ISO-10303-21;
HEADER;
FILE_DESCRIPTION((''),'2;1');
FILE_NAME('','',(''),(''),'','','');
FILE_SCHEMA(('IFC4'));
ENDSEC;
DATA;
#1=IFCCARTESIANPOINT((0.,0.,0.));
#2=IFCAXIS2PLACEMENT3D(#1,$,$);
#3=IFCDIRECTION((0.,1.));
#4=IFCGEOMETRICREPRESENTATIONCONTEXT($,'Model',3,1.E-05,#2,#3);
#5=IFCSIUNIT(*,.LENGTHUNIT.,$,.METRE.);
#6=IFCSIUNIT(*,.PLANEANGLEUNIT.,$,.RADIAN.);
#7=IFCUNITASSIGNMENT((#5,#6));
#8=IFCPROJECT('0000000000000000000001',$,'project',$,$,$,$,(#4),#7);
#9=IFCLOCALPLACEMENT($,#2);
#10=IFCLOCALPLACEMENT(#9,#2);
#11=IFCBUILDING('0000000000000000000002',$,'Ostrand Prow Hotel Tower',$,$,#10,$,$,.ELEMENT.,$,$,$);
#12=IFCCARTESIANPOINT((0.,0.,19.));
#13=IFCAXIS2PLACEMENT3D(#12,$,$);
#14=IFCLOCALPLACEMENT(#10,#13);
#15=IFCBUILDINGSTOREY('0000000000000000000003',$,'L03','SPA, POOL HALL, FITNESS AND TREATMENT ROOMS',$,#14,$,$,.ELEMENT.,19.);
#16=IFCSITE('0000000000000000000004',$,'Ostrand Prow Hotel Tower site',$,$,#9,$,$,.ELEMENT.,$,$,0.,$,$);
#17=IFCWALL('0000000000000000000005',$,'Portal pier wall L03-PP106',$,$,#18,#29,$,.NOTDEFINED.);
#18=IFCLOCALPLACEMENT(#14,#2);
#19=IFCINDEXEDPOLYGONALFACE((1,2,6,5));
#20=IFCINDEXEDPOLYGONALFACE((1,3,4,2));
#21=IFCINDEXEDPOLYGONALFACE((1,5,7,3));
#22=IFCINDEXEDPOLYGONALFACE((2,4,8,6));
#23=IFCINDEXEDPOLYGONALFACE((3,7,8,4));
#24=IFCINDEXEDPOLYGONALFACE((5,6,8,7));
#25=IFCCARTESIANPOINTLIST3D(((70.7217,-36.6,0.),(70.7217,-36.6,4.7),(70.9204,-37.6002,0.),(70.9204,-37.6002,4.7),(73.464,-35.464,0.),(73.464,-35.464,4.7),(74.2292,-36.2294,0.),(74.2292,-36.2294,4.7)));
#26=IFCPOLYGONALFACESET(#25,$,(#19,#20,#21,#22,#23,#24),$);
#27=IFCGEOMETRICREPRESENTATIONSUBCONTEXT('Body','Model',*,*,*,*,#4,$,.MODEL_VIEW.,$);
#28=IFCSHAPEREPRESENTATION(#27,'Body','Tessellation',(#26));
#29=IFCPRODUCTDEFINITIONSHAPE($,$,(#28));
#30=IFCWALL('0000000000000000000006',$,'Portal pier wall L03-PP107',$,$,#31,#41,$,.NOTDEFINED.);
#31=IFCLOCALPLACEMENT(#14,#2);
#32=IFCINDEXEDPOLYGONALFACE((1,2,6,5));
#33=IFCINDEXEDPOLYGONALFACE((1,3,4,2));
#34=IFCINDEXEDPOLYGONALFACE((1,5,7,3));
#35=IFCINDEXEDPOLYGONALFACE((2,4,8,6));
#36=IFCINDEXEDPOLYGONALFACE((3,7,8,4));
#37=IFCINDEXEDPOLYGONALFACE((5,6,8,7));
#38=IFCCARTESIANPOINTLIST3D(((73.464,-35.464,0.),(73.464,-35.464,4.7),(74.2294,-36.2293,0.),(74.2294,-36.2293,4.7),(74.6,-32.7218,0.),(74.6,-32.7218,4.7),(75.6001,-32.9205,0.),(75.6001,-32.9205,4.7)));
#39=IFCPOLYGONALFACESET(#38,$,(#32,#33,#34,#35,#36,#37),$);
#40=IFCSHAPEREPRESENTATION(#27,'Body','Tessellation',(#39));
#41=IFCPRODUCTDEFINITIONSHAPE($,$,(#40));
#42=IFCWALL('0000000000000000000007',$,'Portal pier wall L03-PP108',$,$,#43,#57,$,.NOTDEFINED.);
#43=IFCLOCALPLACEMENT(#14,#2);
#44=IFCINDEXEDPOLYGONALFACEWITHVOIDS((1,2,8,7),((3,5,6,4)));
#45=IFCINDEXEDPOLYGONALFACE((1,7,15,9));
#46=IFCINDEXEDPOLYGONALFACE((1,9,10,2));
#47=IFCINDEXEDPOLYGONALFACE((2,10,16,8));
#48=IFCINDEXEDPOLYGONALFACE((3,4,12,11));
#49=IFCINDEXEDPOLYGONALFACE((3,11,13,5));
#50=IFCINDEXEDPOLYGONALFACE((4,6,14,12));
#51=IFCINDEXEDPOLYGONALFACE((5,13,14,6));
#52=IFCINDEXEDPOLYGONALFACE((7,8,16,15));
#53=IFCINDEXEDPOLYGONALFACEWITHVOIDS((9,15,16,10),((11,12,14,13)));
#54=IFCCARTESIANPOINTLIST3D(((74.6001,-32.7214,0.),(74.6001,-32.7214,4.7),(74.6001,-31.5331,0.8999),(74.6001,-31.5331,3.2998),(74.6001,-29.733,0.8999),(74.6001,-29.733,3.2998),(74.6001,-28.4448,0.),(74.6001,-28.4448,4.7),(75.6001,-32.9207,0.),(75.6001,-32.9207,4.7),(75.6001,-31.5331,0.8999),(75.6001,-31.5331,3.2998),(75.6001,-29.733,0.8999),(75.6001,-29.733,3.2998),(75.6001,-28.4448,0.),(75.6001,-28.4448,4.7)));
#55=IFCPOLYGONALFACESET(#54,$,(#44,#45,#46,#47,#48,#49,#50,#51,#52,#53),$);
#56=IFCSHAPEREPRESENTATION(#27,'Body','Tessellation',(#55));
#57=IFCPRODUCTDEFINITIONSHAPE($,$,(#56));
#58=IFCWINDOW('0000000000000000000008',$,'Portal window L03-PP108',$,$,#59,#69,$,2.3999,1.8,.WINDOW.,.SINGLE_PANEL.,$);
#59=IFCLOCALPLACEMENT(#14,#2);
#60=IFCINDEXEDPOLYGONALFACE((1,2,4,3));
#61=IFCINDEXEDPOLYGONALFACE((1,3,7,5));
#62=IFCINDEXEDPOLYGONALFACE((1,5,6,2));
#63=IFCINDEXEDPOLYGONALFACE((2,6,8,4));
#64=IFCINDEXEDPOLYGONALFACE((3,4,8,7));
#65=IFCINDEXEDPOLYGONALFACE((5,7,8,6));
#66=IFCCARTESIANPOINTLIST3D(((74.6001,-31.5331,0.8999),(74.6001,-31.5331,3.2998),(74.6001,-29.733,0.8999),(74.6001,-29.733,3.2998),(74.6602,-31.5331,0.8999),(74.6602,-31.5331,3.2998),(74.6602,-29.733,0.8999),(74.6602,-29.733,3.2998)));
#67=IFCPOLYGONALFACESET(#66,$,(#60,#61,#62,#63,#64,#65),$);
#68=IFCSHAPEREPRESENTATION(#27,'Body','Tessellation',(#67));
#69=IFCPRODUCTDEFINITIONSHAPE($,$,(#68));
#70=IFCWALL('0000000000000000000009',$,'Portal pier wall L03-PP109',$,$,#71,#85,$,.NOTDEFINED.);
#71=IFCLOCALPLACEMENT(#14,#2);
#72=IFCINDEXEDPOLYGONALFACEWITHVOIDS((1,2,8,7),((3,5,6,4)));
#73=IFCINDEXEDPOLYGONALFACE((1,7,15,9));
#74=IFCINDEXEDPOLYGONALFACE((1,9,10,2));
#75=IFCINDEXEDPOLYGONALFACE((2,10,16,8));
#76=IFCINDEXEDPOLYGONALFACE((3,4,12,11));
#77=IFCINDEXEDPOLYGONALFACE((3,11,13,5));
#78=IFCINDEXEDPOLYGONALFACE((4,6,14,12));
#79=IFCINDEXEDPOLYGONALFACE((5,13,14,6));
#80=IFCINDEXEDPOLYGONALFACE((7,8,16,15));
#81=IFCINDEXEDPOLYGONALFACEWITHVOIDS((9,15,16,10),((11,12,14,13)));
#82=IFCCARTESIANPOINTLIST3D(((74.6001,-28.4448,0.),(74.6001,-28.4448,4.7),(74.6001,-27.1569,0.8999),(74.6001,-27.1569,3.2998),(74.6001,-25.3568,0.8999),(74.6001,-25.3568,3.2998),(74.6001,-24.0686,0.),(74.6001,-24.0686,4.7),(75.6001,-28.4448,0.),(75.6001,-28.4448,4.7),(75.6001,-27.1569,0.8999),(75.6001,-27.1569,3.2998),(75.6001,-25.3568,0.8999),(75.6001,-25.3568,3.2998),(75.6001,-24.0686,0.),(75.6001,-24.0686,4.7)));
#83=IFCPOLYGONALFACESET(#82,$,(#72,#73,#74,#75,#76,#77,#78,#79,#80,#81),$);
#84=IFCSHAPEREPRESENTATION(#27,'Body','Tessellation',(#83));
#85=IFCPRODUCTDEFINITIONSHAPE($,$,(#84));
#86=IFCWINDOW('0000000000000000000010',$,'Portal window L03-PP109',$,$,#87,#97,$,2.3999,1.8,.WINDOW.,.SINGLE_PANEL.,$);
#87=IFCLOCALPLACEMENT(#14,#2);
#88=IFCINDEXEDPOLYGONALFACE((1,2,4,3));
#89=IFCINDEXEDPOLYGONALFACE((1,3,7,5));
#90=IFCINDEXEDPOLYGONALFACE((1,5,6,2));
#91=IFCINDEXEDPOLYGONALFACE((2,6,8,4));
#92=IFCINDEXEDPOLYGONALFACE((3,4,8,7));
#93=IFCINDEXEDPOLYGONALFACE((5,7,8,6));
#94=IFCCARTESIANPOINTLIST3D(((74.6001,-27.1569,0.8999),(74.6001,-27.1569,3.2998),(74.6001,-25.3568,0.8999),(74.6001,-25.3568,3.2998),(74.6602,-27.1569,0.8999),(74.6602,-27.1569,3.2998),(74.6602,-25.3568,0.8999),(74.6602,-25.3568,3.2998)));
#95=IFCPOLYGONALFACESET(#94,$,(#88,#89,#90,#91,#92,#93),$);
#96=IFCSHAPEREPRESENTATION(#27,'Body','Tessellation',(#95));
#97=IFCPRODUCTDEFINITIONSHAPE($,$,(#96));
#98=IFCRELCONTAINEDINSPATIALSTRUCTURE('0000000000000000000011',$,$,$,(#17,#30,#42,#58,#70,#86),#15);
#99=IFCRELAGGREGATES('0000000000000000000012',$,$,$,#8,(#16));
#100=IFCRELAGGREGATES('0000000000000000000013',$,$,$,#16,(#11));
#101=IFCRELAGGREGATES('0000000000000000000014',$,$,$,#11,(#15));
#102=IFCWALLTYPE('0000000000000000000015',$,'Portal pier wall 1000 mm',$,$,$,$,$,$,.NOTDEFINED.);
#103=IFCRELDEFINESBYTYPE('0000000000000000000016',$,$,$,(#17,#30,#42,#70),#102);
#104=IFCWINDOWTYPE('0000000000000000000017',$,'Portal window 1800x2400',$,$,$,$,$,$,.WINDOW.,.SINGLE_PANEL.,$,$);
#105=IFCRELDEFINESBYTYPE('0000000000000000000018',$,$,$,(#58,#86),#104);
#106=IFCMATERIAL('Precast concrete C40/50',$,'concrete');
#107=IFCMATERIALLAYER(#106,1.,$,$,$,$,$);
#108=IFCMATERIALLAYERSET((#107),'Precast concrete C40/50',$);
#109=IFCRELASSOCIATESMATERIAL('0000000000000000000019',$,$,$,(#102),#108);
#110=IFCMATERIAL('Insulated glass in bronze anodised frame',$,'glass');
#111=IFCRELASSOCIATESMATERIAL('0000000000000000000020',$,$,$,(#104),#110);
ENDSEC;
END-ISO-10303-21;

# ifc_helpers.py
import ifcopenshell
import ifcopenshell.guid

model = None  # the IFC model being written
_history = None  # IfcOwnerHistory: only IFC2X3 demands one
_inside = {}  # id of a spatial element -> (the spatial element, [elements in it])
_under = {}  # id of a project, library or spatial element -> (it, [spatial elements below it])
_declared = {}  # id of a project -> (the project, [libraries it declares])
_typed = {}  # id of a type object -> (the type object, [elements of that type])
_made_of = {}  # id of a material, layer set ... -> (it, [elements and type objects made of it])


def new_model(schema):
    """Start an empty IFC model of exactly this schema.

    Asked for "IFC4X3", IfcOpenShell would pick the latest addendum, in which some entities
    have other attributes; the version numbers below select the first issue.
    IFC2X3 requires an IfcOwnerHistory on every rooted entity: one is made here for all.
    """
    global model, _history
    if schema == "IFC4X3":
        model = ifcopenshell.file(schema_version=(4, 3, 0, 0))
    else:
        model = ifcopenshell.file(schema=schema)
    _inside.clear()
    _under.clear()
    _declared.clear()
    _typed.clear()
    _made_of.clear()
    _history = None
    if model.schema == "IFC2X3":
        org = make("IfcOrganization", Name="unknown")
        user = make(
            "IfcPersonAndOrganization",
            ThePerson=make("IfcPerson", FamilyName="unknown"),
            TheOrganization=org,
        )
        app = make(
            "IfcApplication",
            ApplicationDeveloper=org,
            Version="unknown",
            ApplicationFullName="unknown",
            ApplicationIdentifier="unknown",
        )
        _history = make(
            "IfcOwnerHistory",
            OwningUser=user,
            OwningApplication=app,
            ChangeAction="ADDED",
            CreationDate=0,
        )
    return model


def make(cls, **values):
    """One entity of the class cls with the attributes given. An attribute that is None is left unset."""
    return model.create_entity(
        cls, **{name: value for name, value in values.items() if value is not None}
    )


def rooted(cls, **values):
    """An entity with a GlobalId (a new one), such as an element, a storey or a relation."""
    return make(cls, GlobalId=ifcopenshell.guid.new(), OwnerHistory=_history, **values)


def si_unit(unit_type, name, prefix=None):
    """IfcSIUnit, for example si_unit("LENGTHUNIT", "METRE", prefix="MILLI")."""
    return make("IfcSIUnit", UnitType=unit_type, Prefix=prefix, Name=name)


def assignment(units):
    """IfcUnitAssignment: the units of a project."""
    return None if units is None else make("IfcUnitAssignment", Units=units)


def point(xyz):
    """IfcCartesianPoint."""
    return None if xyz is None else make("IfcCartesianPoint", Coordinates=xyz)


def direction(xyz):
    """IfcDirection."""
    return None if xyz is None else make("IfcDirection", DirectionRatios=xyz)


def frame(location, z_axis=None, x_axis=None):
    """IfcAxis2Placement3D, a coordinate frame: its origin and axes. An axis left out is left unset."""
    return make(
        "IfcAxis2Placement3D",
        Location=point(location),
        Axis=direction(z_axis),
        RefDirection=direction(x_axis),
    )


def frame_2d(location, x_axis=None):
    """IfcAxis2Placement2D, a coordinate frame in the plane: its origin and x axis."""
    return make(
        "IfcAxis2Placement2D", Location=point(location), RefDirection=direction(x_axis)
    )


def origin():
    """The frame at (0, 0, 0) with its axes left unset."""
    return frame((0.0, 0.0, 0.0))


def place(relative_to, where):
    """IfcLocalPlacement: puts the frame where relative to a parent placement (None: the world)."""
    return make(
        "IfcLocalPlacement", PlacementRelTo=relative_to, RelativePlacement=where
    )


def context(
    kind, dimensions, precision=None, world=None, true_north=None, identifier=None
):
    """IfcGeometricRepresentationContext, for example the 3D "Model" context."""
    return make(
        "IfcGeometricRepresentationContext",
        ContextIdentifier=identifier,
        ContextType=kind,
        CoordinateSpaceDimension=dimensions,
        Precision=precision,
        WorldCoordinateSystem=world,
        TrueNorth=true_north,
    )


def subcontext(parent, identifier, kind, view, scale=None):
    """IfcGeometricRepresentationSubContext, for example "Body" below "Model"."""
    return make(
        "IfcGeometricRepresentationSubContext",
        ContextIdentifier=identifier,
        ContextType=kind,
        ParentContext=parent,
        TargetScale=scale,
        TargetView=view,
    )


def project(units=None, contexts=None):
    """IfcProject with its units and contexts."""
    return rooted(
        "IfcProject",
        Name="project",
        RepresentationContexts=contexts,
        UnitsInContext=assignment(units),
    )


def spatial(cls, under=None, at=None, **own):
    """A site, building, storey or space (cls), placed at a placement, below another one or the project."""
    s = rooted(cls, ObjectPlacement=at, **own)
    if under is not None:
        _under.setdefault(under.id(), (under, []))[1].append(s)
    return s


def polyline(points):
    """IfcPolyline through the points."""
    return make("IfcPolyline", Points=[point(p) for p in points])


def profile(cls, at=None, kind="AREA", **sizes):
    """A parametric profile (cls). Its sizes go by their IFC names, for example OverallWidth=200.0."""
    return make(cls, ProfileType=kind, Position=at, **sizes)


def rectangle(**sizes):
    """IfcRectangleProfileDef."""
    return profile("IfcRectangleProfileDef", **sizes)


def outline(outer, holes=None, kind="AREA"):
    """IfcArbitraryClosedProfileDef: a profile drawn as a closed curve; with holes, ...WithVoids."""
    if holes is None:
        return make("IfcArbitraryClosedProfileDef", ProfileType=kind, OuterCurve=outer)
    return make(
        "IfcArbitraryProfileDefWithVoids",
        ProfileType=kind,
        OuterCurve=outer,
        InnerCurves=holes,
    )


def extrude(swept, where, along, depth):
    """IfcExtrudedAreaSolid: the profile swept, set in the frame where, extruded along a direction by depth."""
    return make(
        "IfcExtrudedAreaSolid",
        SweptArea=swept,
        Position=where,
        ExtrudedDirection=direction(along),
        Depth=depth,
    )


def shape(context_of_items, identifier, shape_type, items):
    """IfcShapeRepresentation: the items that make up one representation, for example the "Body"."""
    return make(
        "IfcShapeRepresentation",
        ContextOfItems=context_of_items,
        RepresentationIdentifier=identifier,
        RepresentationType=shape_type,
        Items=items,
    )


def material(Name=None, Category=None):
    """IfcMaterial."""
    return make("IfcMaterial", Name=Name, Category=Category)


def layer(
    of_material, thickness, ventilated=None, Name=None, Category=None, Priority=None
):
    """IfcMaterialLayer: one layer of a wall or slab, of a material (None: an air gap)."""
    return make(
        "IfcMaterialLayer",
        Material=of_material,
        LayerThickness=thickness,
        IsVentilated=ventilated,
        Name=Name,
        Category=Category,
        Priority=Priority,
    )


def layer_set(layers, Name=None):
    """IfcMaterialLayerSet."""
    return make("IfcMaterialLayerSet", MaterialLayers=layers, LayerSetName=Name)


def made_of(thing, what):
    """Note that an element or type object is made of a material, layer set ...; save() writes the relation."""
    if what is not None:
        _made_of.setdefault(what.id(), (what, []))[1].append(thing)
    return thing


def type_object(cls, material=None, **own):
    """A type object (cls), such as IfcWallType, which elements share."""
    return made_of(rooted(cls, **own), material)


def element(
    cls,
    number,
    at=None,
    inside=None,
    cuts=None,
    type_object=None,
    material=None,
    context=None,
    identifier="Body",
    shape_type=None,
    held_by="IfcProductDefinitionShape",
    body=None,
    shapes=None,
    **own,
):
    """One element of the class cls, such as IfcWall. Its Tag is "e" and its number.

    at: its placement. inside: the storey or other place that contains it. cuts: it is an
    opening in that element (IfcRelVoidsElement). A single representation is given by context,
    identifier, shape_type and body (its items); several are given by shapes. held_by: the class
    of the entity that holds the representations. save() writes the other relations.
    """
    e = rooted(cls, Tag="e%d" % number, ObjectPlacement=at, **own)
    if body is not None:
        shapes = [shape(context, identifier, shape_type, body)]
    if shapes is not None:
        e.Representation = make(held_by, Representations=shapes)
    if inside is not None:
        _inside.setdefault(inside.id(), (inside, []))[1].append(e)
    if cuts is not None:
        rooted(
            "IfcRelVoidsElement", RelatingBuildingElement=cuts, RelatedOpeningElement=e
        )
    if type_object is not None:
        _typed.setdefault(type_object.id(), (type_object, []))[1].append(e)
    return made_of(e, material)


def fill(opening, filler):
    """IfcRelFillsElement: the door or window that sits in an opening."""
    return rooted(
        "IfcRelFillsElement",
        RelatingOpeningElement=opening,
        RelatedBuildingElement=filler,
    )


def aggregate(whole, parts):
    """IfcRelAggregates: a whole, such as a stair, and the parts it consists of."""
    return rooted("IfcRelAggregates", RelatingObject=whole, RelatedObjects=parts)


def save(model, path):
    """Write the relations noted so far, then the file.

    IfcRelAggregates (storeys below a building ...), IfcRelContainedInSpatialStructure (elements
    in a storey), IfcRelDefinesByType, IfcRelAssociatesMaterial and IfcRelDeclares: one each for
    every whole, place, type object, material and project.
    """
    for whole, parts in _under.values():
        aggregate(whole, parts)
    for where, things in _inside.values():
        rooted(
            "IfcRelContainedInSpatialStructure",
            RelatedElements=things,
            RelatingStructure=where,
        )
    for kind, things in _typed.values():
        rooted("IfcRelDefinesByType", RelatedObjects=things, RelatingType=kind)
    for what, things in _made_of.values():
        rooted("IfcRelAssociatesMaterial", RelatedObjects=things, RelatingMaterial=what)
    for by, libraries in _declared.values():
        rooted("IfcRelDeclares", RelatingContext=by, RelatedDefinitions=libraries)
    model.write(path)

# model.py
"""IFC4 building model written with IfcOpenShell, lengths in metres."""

from ifc_helpers import new_model, si_unit, direction, frame, frame_2d, origin, place, context, subcontext, project, spatial, polyline, rectangle, outline, extrude, material, layer, layer_set, type_object, element, fill, save


model = new_model("IFC4")

# Units and contexts
model_context = context("Model", 3, precision=1e-05, world=origin(), true_north=direction((0.0, 1.0)))
body_context = subcontext(model_context, "Body", "Model", "MODEL_VIEW")
ifc_project = project(units=[si_unit("LENGTHUNIT", "METRE"), si_unit("PLANEANGLEUNIT", "RADIAN")], contexts=[model_context])

# Site, building, storey
site_placement = place(None, origin())
site = spatial("IfcSite", under=ifc_project, at=site_placement, Name="Ostrand Prow Hotel Tower site", CompositionType="ELEMENT", RefElevation=0.0)
building_placement = place(site_placement, origin())
building = spatial("IfcBuilding", under=site, at=building_placement, Name="Ostrand Prow Hotel Tower", CompositionType="ELEMENT")
storey_placement = place(building_placement, frame((0.0, 0.0, 19.0)))
storey = spatial("IfcBuildingStorey", under=building, at=storey_placement, Name="L03", Description="SPA, POOL HALL, FITNESS AND TREATMENT ROOMS", CompositionType="ELEMENT", Elevation=19.0)

# Shared definitions
ifc_material_1 = material(Name="Precast concrete C40/50", Category="concrete")
ifc_layer_1 = layer(ifc_material_1, 1.0)
ifc_layer_set_1 = layer_set([ifc_layer_1], Name="Precast concrete C40/50")
wall_type_1 = type_object("IfcWallType", Name="Portal pier wall 1000 mm", PredefinedType="NOTDEFINED", material=ifc_layer_set_1)

# Shared definitions
ifc_material_2 = material(Name="Insulated glass in bronze anodised frame", Category="glass")
window_type = type_object("IfcWindowType", Name="Portal window 1800x2400", PartitioningType="SINGLE_PANEL", PredefinedType="WINDOW", material=ifc_material_2)

# Walls
wall_1_placement = place(storey_placement, frame((70.821, -37.1001, 0.0), z_axis=(0.0, 0.0, 1.0), x_axis=(0.923862, 0.382725, 0.0)))
element("IfcWall", 1, at=wall_1_placement, inside=storey, type_object=wall_type_1, Name="Portal pier wall L03-PP106", PredefinedType="NOTDEFINED", context=body_context, shape_type="SweptSolid", body=[
    extrude(outline(polyline([(-0.0996, -0.5), (3.4819, -0.5), (3.0679, 0.5), (0.0996, 0.5), (-0.0996, -0.5)])), origin(), (0.0, 0.0, 1.0), 4.7),
])
wall_2_placement = place(storey_placement, frame((73.8467, -35.8467, 0.0), z_axis=(0.0, 0.0, 1.0), x_axis=(0.382725, 0.923862, 0.0)))
element("IfcWall", 2, at=wall_2_placement, inside=storey, type_object=wall_type_1, Name="Portal pier wall L03-PP107", PredefinedType="NOTDEFINED", context=body_context, shape_type="SweptSolid", body=[
    extrude(outline(polyline([(-0.207, -0.5), (3.3745, -0.5), (3.1753, 0.5), (0.207, 0.5), (-0.207, -0.5)])), origin(), (0.0, 0.0, 1.0), 4.7),
])

# Walls, openings, windows
wall_3_placement = place(storey_placement, frame((75.1001, -32.821, 0.0), z_axis=(0.0, 0.0, 1.0), x_axis=(0.0, 1.0, 0.0)))
wall_3 = element("IfcWall", 3, at=wall_3_placement, inside=storey, type_object=wall_type_1, Name="Portal pier wall L03-PP108", PredefinedType="NOTDEFINED", context=body_context, shape_type="SweptSolid", body=[
    extrude(outline(polyline([(-0.0996, -0.5), (4.3762, -0.5), (4.3762, 0.5), (0.0996, 0.5), (-0.0996, -0.5)])), origin(), (0.0, 0.0, 1.0), 4.7),
])
opening_1_placement = place(wall_3_placement, frame((1.2881, 0.0, 0.8999)))
opening_1 = element("IfcOpeningElement", 4, at=opening_1_placement, cuts=wall_3, PredefinedType="OPENING", context=body_context, shape_type="SweptSolid", body=[
    extrude(rectangle(XDim=1.8, YDim=2.3999, at=frame_2d((0.8999, 1.2))), frame((0.0, 0.51, 0.0), z_axis=(0.0, -1.0, 0.0), x_axis=(1.0, 0.0, 0.0)), (0.0, 0.0, 1.0), 1.02),
])
window_1_placement = place(opening_1_placement, origin())
window_1 = element("IfcWindow", 5, at=window_1_placement, inside=storey, type_object=window_type, Name="Portal window L03-PP108", OverallHeight=2.3999, OverallWidth=1.8, PartitioningType="SINGLE_PANEL", PredefinedType="WINDOW", context=body_context, shape_type="SweptSolid", body=[
    extrude(rectangle(XDim=1.8, YDim=2.3999, at=frame_2d((0.8999, 1.2))), frame((0.0, 0.5, 0.0), z_axis=(0.0, -1.0, 0.0), x_axis=(1.0, 0.0, 0.0)), (0.0, 0.0, 1.0), 0.0601),
])
fill(opening_1, window_1)
wall_4_placement = place(storey_placement, frame((75.1001, -28.4448, 0.0), z_axis=(0.0, 0.0, 1.0), x_axis=(0.0, 1.0, 0.0)))
wall_4 = element("IfcWall", 6, at=wall_4_placement, inside=storey, type_object=wall_type_1, Name="Portal pier wall L03-PP109", PredefinedType="NOTDEFINED", context=body_context, shape_type="SweptSolid", body=[
    extrude(outline(polyline([(0.0, -0.5), (4.3762, -0.5), (4.3762, 0.5), (0.0, 0.5), (0.0, -0.5)])), origin(), (0.0, 0.0, 1.0), 4.7),
])
opening_2_placement = place(wall_4_placement, frame((1.2881, 0.0, 0.8999)))
opening_2 = element("IfcOpeningElement", 7, at=opening_2_placement, cuts=wall_4, PredefinedType="OPENING", context=body_context, shape_type="SweptSolid", body=[
    extrude(rectangle(XDim=1.8, YDim=2.3999, at=frame_2d((0.8999, 1.2))), frame((0.0, 0.51, 0.0), z_axis=(0.0, -1.0, 0.0), x_axis=(1.0, 0.0, 0.0)), (0.0, 0.0, 1.0), 1.02),
])
window_2_placement = place(opening_2_placement, origin())
window_2 = element("IfcWindow", 8, at=window_2_placement, inside=storey, type_object=window_type, Name="Portal window L03-PP109", OverallHeight=2.3999, OverallWidth=1.8, PartitioningType="SINGLE_PANEL", PredefinedType="WINDOW", context=body_context, shape_type="SweptSolid", body=[
    extrude(rectangle(XDim=1.8, YDim=2.3999, at=frame_2d((0.8999, 1.2))), frame((0.0, 0.5, 0.0), z_axis=(0.0, -1.0, 0.0), x_axis=(1.0, 0.0, 0.0)), (0.0, 0.0, 1.0), 0.0601),
])
fill(opening_2, window_2)

save(model, "model.ifc")
